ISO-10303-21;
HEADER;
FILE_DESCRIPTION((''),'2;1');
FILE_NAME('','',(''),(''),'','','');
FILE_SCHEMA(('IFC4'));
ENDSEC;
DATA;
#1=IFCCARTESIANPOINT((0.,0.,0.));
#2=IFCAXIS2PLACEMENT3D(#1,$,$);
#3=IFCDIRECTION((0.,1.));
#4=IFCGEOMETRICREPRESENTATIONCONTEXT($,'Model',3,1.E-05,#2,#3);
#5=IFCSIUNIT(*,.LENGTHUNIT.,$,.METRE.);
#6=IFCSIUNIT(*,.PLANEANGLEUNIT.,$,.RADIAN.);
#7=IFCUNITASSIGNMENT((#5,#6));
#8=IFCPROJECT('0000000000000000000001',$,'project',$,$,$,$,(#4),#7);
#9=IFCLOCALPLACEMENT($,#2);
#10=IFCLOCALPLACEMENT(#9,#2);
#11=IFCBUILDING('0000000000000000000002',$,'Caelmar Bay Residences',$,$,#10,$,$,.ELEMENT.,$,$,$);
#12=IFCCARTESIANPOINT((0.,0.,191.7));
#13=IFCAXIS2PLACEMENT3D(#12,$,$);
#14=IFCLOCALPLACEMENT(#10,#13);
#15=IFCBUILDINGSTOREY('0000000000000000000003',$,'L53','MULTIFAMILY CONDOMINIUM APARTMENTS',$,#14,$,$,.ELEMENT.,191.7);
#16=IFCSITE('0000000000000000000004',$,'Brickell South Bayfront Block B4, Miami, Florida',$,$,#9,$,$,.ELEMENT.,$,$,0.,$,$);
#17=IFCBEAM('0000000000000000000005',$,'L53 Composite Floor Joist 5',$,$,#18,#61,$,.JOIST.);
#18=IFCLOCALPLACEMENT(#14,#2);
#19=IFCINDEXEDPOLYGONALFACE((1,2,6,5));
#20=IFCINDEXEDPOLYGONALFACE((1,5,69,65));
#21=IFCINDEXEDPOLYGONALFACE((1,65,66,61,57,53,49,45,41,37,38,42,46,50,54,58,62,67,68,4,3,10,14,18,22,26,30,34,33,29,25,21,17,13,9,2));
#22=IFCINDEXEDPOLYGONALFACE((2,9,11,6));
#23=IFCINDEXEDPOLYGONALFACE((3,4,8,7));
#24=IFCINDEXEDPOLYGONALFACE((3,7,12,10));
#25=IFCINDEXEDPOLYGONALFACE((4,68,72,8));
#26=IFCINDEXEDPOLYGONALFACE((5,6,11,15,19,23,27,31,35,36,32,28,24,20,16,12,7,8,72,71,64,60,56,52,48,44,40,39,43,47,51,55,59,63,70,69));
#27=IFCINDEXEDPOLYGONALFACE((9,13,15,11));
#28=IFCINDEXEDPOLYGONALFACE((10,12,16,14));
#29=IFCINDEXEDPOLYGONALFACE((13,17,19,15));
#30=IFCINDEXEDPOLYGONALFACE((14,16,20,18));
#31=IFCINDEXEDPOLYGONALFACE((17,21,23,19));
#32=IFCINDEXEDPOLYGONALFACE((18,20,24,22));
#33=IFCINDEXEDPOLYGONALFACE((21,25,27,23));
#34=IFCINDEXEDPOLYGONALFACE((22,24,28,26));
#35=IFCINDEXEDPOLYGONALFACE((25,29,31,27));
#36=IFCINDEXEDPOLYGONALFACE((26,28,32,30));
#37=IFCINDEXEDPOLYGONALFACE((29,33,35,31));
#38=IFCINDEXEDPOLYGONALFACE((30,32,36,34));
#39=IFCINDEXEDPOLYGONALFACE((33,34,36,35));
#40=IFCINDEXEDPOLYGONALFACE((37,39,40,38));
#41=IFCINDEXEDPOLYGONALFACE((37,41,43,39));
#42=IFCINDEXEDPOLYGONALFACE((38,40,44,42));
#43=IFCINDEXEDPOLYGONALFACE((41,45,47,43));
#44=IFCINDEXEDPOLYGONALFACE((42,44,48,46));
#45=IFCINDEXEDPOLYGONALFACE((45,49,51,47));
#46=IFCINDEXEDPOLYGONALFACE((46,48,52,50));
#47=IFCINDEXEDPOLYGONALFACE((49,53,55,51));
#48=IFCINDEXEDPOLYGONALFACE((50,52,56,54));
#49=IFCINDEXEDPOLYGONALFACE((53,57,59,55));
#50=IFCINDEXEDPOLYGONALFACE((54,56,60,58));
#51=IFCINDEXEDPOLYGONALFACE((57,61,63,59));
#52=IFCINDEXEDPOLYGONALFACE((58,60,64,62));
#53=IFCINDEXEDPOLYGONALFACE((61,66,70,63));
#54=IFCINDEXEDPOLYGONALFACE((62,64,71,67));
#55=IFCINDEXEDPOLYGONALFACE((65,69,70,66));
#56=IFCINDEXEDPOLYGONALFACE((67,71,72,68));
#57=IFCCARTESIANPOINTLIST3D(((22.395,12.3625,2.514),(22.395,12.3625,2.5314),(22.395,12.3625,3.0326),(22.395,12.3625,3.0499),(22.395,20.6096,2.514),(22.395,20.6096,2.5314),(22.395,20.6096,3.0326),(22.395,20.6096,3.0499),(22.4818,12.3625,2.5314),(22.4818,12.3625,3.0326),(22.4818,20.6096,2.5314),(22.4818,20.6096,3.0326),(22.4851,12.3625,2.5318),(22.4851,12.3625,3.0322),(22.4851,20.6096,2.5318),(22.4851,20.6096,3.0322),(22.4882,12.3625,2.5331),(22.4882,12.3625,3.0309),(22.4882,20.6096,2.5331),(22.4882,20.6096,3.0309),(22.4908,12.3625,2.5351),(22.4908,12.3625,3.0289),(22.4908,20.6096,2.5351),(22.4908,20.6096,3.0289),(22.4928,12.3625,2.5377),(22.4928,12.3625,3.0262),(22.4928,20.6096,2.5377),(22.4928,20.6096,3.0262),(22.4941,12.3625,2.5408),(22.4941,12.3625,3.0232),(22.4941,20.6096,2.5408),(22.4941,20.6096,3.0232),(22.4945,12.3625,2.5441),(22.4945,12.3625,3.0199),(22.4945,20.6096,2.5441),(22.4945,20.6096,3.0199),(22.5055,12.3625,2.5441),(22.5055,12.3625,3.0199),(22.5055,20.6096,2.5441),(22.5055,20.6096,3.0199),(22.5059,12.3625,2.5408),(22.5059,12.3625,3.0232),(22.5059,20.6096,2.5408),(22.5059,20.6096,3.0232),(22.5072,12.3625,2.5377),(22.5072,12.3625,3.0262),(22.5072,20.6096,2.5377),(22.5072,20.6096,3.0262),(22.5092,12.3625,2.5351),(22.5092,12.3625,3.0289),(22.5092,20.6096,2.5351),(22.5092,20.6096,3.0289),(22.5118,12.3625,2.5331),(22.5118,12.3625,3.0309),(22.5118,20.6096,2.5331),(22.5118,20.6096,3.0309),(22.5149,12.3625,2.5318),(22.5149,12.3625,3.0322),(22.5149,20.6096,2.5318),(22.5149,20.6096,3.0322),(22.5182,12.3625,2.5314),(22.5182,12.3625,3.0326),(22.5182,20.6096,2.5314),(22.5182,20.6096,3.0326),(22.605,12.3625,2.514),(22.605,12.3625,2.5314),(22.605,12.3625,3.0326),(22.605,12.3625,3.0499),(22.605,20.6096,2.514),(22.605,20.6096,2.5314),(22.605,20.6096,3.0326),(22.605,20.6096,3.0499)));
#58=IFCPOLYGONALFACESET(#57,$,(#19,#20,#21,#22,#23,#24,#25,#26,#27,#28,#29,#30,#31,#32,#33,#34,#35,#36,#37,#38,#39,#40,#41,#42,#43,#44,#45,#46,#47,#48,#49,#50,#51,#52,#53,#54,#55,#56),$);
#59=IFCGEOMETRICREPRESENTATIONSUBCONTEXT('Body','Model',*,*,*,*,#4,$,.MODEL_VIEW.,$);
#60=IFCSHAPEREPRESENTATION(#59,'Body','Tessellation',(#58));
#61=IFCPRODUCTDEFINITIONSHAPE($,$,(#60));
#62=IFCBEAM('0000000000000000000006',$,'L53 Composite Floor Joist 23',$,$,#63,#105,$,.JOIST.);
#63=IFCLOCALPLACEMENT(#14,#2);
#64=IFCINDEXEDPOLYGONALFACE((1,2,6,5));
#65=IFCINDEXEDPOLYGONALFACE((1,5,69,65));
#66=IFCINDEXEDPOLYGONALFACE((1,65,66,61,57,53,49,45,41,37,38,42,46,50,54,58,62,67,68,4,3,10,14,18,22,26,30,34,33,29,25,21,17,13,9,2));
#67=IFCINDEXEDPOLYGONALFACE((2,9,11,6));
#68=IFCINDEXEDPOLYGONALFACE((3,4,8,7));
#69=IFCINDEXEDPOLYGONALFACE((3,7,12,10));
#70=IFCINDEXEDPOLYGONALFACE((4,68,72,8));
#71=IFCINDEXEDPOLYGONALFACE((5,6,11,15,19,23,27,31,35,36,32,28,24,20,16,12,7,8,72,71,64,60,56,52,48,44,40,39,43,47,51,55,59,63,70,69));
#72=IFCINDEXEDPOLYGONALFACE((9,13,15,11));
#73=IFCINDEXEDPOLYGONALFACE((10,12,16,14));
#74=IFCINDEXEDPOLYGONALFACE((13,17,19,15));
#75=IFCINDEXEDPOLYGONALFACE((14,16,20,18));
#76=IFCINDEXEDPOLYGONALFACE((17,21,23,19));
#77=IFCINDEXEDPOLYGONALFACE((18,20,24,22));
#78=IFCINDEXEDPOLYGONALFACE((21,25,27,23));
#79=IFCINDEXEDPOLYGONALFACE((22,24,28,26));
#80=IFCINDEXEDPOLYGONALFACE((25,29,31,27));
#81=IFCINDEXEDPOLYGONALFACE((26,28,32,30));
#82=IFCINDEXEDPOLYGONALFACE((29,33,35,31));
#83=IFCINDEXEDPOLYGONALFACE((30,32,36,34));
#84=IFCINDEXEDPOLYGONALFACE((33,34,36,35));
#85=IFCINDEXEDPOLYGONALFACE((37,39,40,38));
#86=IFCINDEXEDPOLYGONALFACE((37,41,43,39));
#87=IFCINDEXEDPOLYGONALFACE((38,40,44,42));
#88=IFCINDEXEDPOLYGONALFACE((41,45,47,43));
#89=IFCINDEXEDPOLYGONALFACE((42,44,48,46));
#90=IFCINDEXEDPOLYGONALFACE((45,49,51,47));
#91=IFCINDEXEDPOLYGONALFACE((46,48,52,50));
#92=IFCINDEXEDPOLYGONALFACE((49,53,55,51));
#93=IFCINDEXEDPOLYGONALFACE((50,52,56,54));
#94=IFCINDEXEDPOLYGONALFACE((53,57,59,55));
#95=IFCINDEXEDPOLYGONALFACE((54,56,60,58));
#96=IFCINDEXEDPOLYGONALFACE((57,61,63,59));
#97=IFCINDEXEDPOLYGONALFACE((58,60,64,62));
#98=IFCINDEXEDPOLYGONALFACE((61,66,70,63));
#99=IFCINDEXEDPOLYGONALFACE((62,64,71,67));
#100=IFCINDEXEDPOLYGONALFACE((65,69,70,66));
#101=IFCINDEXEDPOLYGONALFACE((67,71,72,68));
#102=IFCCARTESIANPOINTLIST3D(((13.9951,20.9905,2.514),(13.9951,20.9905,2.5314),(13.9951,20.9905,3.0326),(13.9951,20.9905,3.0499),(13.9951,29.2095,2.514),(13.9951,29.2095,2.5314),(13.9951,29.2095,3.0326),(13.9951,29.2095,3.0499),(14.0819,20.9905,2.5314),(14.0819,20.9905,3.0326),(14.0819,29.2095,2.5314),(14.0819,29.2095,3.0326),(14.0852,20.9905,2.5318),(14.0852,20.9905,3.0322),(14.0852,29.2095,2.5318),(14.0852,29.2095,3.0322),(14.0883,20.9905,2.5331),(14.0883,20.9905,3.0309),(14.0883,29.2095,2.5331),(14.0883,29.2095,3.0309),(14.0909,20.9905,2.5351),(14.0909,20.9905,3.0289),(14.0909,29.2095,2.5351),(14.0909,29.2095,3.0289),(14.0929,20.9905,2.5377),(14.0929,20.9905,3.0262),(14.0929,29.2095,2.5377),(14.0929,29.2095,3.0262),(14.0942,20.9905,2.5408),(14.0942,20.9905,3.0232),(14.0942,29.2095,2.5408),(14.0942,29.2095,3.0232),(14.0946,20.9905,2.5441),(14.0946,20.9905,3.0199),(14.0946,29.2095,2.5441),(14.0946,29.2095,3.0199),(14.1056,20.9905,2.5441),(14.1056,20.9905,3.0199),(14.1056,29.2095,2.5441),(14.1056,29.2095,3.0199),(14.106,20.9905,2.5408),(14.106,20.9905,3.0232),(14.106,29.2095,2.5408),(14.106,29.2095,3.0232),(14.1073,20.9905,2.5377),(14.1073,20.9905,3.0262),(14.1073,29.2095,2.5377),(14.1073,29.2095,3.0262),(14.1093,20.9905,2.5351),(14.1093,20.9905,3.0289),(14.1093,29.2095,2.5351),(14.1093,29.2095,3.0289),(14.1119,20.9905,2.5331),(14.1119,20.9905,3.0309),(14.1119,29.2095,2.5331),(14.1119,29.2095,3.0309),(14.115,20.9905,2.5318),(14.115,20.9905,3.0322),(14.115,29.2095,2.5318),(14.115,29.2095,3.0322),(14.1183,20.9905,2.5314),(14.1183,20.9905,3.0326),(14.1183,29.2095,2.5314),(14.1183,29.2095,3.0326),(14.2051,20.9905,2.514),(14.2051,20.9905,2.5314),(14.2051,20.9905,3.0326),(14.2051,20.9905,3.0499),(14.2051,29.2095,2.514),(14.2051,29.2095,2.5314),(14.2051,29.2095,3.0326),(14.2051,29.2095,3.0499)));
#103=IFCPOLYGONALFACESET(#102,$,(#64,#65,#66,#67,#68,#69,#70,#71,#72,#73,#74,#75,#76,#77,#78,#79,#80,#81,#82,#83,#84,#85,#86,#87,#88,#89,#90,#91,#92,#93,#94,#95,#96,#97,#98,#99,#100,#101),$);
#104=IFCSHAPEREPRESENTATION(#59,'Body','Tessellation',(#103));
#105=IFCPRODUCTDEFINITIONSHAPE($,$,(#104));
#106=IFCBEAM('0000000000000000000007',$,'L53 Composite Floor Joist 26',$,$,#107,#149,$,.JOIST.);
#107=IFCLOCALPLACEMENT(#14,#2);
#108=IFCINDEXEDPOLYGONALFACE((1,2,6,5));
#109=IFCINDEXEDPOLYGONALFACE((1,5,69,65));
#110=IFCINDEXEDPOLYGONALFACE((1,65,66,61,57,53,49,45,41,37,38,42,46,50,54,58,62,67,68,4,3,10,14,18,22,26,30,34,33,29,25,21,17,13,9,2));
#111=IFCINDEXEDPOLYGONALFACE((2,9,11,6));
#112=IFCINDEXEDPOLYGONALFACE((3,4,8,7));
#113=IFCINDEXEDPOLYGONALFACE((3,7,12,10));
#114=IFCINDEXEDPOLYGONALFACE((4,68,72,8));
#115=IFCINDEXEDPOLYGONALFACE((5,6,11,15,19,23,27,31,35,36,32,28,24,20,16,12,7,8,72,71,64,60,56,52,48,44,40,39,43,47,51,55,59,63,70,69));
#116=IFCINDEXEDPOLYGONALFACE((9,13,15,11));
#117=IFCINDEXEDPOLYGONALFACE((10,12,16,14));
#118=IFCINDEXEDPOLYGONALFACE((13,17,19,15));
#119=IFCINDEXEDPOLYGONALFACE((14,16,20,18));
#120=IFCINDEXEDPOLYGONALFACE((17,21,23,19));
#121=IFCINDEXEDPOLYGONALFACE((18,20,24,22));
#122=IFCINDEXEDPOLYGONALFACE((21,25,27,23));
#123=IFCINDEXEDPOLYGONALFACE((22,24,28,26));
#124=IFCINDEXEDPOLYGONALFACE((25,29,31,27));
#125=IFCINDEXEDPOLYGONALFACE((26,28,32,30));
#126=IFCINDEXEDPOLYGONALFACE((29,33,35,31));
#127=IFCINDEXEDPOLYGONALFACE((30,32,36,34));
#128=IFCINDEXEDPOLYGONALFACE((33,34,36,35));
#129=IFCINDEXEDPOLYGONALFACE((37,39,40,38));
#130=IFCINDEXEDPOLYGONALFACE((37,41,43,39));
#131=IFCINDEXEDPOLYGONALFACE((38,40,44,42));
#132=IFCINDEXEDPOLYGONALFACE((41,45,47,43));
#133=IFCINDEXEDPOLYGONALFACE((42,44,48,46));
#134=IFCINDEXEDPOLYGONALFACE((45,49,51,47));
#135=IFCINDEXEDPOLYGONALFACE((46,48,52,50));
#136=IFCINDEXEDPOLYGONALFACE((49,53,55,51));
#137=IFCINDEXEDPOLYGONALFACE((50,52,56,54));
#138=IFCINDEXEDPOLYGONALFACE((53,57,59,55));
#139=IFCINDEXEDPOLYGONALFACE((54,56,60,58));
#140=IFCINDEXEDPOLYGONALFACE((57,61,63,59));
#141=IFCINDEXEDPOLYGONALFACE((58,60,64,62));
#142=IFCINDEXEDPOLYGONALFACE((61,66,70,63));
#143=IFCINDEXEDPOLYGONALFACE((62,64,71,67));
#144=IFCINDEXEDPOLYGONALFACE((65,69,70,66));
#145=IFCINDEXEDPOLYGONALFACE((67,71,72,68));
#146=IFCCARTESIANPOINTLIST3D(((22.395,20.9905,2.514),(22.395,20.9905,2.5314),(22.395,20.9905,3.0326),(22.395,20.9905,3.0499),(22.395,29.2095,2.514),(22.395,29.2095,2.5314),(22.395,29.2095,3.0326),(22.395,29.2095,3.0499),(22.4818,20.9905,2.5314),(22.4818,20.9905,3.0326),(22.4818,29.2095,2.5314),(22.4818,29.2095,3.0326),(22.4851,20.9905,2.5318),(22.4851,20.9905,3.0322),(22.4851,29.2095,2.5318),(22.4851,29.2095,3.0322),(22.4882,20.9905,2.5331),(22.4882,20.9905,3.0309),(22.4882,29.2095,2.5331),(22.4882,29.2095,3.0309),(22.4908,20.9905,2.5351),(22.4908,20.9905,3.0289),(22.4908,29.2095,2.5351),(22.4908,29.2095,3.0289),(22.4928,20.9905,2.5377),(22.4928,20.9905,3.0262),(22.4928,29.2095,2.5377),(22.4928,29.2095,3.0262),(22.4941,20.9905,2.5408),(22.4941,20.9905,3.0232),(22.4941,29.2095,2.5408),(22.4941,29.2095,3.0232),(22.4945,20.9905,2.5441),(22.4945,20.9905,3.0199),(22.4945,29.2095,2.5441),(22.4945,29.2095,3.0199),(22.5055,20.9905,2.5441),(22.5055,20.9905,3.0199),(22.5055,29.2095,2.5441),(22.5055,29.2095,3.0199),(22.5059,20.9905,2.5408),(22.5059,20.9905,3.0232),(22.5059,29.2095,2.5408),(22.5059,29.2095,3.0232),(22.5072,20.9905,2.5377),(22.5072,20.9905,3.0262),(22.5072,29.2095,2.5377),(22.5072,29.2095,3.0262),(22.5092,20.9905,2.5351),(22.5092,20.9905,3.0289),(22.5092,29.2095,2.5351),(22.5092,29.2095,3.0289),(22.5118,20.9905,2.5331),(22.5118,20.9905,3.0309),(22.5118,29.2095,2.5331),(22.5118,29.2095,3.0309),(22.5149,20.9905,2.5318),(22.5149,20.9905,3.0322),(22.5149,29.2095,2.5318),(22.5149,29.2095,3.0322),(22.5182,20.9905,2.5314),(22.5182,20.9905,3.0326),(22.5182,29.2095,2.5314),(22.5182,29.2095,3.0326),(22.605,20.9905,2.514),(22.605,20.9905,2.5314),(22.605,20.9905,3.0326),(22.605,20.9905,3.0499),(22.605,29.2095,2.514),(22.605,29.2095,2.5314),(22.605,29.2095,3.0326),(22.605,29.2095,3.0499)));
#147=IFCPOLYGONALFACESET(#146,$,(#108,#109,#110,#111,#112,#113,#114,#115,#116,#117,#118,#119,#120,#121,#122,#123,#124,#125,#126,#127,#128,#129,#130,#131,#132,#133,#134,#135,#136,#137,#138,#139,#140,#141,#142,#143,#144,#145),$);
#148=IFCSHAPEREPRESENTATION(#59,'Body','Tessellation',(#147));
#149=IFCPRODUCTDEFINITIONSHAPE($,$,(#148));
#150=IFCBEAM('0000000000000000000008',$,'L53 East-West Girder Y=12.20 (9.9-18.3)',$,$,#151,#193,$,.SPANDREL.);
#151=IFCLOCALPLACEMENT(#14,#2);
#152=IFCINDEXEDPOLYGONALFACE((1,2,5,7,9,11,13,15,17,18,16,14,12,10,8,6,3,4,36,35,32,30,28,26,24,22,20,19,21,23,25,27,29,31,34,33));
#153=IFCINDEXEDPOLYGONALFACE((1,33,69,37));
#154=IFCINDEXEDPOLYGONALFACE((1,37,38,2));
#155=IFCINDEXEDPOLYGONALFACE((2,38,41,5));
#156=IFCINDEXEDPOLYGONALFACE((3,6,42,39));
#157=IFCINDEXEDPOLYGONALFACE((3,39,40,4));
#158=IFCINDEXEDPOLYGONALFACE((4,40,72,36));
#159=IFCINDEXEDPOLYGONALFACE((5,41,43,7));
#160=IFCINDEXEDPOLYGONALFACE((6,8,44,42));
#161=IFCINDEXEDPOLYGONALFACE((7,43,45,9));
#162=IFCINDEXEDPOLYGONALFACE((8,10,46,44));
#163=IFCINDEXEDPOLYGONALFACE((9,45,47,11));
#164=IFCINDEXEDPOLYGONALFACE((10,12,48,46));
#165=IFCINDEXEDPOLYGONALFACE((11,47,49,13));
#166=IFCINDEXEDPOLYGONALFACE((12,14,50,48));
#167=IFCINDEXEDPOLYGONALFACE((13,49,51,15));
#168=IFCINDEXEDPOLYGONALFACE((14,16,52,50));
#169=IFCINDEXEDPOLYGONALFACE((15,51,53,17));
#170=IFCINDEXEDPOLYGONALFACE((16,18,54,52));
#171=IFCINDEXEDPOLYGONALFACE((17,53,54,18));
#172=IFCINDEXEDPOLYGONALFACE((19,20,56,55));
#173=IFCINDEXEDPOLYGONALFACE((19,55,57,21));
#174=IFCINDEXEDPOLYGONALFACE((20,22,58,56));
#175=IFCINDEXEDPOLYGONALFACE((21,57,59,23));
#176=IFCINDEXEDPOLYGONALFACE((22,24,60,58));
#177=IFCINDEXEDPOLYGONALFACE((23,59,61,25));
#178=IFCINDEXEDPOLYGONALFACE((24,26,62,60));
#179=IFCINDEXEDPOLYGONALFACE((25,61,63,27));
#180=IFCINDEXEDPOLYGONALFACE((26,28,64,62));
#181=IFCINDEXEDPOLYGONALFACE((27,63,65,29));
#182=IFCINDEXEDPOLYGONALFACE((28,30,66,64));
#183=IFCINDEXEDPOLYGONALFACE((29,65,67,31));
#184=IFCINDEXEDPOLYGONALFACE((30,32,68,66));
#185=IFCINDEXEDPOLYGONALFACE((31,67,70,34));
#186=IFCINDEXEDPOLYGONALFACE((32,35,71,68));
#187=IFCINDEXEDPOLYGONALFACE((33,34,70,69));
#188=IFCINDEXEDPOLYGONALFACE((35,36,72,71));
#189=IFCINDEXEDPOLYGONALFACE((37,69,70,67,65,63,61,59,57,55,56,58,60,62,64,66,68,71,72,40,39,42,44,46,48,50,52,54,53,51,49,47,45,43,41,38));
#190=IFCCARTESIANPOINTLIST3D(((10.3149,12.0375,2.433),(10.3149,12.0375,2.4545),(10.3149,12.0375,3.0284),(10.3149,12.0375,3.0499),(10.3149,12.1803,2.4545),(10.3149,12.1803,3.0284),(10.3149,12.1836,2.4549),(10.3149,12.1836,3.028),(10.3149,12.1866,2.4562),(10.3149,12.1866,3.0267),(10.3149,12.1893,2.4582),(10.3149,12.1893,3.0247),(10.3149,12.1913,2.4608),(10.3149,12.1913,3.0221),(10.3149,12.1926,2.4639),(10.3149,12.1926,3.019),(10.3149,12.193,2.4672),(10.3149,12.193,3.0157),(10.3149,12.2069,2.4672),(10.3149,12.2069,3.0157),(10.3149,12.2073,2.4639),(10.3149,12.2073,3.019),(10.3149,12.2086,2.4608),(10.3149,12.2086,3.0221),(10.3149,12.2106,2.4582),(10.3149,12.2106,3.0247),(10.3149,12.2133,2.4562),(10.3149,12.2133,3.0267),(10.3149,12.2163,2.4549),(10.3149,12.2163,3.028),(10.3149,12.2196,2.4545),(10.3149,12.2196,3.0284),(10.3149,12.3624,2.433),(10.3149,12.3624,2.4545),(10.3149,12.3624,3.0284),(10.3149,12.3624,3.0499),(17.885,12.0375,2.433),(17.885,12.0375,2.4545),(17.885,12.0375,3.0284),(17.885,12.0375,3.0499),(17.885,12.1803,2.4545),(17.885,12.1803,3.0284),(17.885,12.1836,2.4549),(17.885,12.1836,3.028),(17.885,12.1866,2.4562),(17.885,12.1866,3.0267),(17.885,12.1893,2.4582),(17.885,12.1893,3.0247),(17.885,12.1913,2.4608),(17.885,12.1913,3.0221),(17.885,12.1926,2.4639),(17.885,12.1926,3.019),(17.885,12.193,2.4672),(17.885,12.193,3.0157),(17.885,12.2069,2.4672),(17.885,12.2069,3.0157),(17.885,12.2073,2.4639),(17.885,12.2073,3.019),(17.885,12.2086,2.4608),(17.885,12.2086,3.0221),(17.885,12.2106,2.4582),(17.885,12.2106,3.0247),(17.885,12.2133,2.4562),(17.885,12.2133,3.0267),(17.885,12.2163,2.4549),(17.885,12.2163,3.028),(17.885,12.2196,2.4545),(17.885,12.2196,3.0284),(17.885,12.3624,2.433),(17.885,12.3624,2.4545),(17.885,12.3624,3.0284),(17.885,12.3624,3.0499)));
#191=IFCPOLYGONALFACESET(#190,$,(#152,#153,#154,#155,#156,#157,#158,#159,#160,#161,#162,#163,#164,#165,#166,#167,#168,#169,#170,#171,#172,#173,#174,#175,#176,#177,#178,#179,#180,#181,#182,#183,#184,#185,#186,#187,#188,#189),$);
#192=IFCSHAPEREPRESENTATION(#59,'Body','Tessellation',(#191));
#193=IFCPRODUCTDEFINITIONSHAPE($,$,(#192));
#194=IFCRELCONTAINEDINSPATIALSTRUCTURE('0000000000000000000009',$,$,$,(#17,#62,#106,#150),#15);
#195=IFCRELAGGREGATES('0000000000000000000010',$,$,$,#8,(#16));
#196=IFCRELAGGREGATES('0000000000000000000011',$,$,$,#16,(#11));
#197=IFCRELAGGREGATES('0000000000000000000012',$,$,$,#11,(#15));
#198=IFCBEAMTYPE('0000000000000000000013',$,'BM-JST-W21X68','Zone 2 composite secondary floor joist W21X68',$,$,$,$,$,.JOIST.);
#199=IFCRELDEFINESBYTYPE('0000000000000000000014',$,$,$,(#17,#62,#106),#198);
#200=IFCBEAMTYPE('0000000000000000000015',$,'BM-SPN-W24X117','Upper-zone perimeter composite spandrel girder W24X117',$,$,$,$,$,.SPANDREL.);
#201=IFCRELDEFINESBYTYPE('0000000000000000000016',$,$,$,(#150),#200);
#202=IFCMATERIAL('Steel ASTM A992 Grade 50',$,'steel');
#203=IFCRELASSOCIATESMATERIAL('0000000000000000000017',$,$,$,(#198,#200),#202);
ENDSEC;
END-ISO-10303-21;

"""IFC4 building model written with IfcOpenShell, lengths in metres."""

from ifc_helpers import new_model, si_unit, direction, frame, origin, origin_2d, place, context, subcontext, project, spatial, i_section, extrude, material, material_profile, profile_set, type_object, element, save


model = new_model("IFC4")

# Units and contexts
model_context = context("Model", 3, precision=1e-05, world=origin(), true_north=direction((0.0, 1.0)))
body_context = subcontext(model_context, "Body", "Model", "MODEL_VIEW")
ifc_project = project(units=[si_unit("LENGTHUNIT", "METRE"), si_unit("PLANEANGLEUNIT", "RADIAN")], contexts=[model_context])

# Site, building, storey
site_placement = place(None, origin())
site = spatial("IfcSite", under=ifc_project, at=site_placement, Name="Brickell South Bayfront Block B4, Miami, Florida", CompositionType="ELEMENT", RefElevation=0.0)
building_placement = place(site_placement, origin())
building = spatial("IfcBuilding", under=site, at=building_placement, Name="Caelmar Bay Residences", CompositionType="ELEMENT")
storey_placement = place(building_placement, frame((0.0, 0.0, 191.7)))
storey = spatial("IfcBuildingStorey", under=building, at=storey_placement, Name="L53", Description="MULTIFAMILY CONDOMINIUM APARTMENTS", CompositionType="ELEMENT", Elevation=191.7)

# Beams
ifc_material_1 = material(Name="Steel ASTM A992 Grade 50", Category="steel")
ifc_material_profile_1 = material_profile(ifc_material_1, i_section(OverallWidth=0.21, OverallDepth=0.5359, WebThickness=0.011, FlangeThickness=0.0173, FilletRadius=0.0127, at=origin_2d()), Name="W21X68")
ifc_profile_set_1 = profile_set([ifc_material_profile_1], Name="Steel ASTM A992 Grade 50")
beam_type_1 = type_object("IfcBeamType", Name="BM-JST-W21X68", Description="Zone 2 composite secondary floor joist W21X68", PredefinedType="JOIST", material=ifc_profile_set_1)
for number, where, z_axis, x_axis, name in (
    (1, (22.5, 12.3625, 2.782), (0.0, 1.0, 0.0), (-1.0, 0.0, 0.0), "L53 Composite Floor Joist 5"),
):
    element("IfcBeam", number, at=place(storey_placement, frame(where, z_axis=z_axis, x_axis=x_axis)), inside=storey, type_object=beam_type_1, Name=name, PredefinedType="JOIST", context=body_context, shape_type="SweptSolid", body=[
        extrude(i_section(OverallWidth=0.21, OverallDepth=0.5359, WebThickness=0.011, FlangeThickness=0.0173, FilletRadius=0.0127, at=origin_2d()), origin(), (0.0, 0.0, 1.0), 8.2471),
    ])
for number, where, z_axis, x_axis, name in (
    (2, (14.1001, 20.9905, 2.782), (0.0, 1.0, 0.0), (-1.0, 0.0, 0.0), "L53 Composite Floor Joist 23"),
    (3, (22.5, 20.9905, 2.782), (0.0, 1.0, 0.0), (-1.0, 0.0, 0.0), "L53 Composite Floor Joist 26"),
):
    element("IfcBeam", number, at=place(storey_placement, frame(where, z_axis=z_axis, x_axis=x_axis)), inside=storey, type_object=beam_type_1, Name=name, PredefinedType="JOIST", context=body_context, shape_type="SweptSolid", body=[
        extrude(i_section(OverallWidth=0.21, OverallDepth=0.5359, WebThickness=0.011, FlangeThickness=0.0173, FilletRadius=0.0127, at=origin_2d()), origin(), (0.0, 0.0, 1.0), 8.219),
    ])
ifc_material_profile_2 = material_profile(ifc_material_1, i_section(OverallWidth=0.325, OverallDepth=0.6169, WebThickness=0.0139, FlangeThickness=0.0215, FilletRadius=0.0127, at=origin_2d()), Name="W24X117")
ifc_profile_set_2 = profile_set([ifc_material_profile_2], Name="Steel ASTM A992 Grade 50")
beam_type_2 = type_object("IfcBeamType", Name="BM-SPN-W24X117", Description="Upper-zone perimeter composite spandrel girder W24X117", PredefinedType="SPANDREL", material=ifc_profile_set_2)
beam_1_placement = place(storey_placement, frame((10.3149, 12.2, 2.7415), z_axis=(1.0, 0.0, 0.0), x_axis=(0.0, 1.0, 0.0)))
element("IfcBeam", 4, at=beam_1_placement, inside=storey, type_object=beam_type_2, Name="L53 East-West Girder Y=12.20 (9.9-18.3)", PredefinedType="SPANDREL", context=body_context, shape_type="SweptSolid", body=[
    extrude(i_section(OverallWidth=0.325, OverallDepth=0.6169, WebThickness=0.0139, FlangeThickness=0.0215, FilletRadius=0.0127, at=origin_2d()), origin(), (0.0, 0.0, 1.0), 7.5701),
])

save(model, "model.ifc")
